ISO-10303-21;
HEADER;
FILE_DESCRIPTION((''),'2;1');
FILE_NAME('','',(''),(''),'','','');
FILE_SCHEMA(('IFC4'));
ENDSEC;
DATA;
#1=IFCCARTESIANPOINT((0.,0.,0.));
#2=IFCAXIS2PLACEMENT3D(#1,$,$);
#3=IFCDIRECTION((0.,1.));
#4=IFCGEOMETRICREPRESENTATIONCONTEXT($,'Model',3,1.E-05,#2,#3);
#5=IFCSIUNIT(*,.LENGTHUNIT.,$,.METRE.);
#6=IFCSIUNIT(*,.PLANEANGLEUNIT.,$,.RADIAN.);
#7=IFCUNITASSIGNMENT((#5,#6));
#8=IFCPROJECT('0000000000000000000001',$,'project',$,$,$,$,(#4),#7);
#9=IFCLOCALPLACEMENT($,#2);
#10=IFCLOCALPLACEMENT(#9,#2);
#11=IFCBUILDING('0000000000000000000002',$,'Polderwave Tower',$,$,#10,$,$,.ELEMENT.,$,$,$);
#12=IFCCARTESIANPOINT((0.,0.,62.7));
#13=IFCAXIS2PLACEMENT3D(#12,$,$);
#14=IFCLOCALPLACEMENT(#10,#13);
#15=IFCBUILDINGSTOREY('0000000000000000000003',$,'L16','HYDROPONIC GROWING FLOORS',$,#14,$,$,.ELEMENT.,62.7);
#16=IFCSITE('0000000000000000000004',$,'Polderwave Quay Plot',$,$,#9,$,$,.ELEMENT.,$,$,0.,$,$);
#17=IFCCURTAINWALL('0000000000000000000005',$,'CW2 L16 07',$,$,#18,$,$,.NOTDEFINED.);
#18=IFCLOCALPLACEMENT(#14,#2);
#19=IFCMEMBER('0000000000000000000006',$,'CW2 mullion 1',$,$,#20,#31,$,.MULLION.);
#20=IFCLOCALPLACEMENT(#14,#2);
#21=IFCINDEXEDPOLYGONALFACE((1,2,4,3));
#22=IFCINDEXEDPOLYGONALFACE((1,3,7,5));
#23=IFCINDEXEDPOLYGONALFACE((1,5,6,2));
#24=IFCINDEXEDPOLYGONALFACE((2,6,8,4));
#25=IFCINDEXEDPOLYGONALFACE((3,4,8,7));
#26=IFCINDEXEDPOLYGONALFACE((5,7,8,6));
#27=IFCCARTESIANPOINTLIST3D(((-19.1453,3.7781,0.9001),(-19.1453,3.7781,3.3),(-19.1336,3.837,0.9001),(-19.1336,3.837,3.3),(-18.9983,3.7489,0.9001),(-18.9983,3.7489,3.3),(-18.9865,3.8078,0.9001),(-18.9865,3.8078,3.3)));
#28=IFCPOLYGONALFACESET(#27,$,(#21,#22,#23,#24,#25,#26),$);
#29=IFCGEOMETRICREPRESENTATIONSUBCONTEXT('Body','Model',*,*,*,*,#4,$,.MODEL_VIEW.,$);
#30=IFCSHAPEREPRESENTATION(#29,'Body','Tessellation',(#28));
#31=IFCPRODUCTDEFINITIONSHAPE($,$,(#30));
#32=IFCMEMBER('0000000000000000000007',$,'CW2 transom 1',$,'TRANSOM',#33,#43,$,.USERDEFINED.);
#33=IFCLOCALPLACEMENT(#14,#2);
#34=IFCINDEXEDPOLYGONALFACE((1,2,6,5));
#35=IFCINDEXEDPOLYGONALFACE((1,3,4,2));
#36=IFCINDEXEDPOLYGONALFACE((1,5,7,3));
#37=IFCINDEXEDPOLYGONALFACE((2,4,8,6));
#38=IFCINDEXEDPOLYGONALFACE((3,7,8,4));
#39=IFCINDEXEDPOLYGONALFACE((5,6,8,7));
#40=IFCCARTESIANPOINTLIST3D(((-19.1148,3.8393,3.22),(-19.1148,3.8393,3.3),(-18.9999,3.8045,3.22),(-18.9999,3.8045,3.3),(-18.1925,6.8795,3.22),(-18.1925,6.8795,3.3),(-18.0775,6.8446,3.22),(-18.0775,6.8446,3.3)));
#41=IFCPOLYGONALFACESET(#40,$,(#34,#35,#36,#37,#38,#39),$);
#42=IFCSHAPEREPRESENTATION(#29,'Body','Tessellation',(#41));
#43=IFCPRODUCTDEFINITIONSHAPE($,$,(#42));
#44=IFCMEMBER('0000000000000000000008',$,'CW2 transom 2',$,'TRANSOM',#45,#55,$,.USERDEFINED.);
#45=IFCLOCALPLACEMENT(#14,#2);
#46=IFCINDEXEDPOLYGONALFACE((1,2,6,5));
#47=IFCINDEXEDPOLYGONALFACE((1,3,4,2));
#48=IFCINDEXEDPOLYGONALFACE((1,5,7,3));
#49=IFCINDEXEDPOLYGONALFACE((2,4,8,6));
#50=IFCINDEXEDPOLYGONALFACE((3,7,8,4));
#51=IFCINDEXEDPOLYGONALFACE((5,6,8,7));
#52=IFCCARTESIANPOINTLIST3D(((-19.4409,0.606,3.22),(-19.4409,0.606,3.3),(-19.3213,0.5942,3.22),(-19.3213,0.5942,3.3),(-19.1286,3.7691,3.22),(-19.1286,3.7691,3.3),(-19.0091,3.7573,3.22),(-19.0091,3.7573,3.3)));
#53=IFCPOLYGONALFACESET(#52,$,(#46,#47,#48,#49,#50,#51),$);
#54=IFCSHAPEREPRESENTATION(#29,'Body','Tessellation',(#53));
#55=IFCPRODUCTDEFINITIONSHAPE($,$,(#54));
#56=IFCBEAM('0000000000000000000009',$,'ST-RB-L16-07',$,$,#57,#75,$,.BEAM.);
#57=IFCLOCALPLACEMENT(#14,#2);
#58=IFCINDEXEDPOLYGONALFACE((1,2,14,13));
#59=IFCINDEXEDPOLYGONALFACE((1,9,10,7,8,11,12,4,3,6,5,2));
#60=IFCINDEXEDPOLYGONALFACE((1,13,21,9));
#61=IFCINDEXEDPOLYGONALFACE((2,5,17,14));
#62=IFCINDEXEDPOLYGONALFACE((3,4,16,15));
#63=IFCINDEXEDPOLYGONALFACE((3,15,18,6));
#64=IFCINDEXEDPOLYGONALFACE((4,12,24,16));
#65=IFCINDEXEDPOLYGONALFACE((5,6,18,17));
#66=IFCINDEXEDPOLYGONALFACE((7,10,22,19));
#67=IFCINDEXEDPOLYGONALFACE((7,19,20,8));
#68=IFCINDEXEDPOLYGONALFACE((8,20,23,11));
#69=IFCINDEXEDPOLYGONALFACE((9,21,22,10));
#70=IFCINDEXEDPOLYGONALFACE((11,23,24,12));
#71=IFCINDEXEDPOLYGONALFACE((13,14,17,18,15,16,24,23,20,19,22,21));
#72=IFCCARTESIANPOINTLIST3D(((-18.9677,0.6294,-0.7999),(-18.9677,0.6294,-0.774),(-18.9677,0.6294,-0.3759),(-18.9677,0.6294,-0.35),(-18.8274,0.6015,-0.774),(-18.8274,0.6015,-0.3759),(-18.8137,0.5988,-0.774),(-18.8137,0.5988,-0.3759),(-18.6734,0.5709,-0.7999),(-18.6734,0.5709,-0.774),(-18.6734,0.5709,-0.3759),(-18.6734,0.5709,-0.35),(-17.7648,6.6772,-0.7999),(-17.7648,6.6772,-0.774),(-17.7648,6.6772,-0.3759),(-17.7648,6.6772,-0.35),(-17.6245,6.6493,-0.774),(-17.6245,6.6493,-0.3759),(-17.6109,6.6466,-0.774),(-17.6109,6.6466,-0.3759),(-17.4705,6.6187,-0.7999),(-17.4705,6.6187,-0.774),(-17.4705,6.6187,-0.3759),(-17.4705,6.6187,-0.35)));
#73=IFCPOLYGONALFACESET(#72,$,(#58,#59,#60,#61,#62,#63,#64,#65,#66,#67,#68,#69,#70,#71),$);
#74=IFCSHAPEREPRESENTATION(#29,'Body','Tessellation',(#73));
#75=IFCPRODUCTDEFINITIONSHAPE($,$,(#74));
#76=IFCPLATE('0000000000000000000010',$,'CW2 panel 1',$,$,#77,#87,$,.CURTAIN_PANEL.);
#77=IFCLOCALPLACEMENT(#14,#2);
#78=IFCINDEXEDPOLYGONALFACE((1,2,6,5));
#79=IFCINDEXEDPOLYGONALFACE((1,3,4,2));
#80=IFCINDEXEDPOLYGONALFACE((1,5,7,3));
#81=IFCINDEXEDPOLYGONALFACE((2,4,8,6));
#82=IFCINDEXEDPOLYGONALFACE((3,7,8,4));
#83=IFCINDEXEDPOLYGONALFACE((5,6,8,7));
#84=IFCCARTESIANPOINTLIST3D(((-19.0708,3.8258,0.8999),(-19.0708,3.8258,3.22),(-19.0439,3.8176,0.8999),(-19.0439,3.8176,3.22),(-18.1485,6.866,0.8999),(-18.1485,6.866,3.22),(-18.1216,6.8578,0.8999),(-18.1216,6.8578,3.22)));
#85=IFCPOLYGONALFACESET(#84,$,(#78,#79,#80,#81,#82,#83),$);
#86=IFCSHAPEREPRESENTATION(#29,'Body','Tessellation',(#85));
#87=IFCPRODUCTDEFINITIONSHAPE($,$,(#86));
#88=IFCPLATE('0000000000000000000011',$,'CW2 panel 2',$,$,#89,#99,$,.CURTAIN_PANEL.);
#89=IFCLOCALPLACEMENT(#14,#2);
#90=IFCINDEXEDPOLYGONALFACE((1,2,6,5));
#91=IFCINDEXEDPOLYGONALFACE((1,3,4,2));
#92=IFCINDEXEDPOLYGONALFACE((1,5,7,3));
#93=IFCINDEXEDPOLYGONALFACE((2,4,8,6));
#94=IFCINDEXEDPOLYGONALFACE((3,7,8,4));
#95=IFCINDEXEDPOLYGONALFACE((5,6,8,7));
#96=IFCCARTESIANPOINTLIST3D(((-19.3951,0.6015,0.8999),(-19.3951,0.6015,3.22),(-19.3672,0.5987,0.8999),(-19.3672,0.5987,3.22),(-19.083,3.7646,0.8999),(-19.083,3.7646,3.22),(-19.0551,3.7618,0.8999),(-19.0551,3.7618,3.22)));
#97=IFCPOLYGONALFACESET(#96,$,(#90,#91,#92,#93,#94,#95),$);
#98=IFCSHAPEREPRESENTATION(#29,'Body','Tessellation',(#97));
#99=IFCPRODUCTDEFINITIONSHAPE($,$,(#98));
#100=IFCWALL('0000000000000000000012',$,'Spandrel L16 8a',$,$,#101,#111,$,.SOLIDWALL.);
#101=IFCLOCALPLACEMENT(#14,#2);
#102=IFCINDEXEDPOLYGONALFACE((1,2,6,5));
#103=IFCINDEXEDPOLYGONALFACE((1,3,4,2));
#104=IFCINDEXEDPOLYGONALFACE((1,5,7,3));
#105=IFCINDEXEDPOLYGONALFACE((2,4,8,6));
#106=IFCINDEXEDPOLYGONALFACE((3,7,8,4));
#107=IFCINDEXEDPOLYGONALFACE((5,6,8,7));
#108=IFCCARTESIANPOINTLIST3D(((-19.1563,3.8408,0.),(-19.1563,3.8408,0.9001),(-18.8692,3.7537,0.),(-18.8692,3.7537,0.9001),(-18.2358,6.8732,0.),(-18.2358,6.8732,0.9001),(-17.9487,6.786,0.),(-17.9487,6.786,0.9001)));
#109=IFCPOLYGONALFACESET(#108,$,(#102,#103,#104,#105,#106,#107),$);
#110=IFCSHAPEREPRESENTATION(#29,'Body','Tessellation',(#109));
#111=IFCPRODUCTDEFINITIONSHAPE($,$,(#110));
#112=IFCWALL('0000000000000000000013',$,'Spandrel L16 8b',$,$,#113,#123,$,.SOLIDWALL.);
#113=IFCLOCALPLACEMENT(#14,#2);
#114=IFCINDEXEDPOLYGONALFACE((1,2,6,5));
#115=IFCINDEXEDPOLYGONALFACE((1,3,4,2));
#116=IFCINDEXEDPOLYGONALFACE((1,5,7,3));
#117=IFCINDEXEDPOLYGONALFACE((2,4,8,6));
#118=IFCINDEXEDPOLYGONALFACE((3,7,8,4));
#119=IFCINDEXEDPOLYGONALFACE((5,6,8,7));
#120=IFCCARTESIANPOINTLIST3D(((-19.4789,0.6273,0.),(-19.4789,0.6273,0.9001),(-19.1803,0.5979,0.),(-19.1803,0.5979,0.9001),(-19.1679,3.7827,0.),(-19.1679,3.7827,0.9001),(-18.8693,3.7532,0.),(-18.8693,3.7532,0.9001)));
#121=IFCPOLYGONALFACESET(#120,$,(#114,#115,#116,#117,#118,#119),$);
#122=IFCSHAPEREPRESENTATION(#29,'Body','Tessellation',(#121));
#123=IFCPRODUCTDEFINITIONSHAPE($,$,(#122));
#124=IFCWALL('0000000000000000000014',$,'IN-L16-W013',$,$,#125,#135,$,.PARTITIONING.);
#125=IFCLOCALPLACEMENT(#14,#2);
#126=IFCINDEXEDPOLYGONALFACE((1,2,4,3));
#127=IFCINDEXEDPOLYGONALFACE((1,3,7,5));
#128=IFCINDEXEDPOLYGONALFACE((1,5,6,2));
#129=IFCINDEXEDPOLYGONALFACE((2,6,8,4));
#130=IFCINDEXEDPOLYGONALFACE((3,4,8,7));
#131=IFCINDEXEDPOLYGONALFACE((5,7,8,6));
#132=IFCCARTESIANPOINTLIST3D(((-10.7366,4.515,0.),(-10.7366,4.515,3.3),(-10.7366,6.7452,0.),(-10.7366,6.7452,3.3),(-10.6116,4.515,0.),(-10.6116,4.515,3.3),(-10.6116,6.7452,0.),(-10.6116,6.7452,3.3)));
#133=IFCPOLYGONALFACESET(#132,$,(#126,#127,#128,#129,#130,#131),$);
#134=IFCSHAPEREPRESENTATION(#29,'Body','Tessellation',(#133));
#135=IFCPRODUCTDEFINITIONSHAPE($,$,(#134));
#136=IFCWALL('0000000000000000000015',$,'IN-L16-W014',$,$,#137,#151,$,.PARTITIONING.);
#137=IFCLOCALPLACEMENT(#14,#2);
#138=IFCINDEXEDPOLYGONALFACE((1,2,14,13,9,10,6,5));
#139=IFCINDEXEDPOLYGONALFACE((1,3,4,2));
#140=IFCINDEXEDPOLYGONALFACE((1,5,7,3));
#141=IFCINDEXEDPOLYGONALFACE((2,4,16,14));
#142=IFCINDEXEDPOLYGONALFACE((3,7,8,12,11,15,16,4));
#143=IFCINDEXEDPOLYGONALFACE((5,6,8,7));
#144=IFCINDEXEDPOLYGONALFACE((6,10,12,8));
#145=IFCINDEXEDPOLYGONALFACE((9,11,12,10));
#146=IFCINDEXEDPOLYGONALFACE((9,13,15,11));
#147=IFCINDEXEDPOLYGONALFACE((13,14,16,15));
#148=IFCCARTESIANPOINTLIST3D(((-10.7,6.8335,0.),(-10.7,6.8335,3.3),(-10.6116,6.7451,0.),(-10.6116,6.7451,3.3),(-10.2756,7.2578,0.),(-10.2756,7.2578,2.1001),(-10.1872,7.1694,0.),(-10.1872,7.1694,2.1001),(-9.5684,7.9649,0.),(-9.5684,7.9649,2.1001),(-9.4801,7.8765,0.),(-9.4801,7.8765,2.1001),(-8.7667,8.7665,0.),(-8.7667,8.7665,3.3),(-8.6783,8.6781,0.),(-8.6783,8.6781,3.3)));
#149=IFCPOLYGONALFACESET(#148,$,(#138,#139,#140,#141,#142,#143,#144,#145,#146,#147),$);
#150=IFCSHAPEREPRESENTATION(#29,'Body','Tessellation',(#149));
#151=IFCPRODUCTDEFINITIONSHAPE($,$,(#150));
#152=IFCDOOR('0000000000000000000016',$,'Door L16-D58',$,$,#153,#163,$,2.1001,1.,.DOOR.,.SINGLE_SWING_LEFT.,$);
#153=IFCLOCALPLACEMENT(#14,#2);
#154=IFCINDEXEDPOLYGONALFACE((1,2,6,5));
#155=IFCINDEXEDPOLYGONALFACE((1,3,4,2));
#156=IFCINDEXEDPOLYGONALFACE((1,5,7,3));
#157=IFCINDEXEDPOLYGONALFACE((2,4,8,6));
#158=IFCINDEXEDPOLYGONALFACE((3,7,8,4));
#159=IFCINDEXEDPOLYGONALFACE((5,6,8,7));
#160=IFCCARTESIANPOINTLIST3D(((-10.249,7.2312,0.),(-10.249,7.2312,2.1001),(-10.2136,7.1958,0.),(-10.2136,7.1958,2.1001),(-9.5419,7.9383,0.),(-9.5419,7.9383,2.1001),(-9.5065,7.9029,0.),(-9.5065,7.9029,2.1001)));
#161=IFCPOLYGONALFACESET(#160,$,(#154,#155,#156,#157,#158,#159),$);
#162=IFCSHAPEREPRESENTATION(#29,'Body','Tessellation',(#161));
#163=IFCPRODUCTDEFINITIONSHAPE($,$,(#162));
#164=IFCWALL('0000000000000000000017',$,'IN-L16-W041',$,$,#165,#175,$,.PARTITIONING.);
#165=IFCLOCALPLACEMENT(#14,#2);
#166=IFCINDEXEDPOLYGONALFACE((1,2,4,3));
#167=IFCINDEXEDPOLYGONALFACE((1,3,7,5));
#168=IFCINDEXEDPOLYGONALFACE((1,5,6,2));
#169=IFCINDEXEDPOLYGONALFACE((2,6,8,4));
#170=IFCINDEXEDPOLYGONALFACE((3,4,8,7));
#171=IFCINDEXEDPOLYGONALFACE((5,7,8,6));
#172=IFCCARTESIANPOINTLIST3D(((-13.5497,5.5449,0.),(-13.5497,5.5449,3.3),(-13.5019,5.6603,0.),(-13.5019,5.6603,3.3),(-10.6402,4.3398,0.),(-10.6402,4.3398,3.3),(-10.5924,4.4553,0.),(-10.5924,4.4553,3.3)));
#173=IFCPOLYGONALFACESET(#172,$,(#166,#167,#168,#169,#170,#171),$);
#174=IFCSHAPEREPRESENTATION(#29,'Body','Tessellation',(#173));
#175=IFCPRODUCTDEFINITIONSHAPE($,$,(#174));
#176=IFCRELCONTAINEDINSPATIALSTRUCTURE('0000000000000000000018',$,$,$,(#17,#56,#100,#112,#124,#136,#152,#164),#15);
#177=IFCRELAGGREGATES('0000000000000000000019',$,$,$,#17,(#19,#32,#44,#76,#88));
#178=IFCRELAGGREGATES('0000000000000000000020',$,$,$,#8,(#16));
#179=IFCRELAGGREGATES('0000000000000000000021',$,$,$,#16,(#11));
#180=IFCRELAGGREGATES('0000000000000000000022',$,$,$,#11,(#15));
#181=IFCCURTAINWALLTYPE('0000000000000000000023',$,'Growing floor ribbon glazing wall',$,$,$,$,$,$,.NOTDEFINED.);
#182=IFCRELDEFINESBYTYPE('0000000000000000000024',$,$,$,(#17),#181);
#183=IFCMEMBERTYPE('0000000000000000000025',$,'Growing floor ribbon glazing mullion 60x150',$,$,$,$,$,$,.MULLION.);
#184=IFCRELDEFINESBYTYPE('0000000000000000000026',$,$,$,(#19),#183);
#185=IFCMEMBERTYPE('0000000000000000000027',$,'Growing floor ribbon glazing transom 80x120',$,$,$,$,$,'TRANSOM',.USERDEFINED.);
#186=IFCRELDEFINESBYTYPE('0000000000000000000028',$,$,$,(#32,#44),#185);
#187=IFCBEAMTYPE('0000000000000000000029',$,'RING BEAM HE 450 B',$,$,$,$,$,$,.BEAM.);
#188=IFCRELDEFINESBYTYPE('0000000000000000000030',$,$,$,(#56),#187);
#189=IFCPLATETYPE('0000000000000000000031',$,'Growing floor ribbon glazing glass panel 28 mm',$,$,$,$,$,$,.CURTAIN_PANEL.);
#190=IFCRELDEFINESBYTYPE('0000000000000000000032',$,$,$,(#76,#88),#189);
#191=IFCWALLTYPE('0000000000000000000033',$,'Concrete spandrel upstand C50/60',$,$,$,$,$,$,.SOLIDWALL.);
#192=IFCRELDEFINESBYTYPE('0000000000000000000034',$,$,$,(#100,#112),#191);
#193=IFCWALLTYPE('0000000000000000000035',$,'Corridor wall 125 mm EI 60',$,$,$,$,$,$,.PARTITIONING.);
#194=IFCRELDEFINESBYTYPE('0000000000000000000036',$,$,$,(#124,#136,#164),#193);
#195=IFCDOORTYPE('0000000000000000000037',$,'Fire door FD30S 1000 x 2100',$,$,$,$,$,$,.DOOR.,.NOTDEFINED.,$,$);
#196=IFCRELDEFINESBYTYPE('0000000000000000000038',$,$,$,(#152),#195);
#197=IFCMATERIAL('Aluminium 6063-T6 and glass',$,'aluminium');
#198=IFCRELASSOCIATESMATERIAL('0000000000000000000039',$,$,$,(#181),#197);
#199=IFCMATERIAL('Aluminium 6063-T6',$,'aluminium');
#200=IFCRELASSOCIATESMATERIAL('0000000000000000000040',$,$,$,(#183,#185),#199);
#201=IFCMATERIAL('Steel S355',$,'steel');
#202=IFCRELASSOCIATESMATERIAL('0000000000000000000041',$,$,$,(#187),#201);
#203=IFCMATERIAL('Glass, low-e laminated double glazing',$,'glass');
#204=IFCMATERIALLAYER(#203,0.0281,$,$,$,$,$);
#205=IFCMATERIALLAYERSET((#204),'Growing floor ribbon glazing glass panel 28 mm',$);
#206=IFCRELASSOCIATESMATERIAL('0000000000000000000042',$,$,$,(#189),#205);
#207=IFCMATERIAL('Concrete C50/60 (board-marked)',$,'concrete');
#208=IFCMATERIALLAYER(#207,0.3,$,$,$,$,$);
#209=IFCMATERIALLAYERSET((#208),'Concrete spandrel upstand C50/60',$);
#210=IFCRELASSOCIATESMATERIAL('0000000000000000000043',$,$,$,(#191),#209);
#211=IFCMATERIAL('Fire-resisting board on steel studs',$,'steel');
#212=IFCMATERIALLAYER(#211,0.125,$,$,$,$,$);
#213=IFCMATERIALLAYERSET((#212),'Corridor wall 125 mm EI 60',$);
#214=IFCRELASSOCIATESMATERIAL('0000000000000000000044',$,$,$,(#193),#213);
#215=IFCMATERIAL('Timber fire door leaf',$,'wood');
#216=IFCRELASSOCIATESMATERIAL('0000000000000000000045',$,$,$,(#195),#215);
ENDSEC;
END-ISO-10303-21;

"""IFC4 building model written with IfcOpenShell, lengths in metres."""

from ifc_helpers import new_model, si_unit, direction, frame, frame_2d, origin, origin_2d, place, context, subcontext, project, spatial, rectangle, i_section, extrude, material, layer, layer_set, material_profile, profile_set, type_object, element, fill, aggregate, save


model = new_model("IFC4")

# Units and contexts
model_context = context("Model", 3, precision=1e-05, world=origin(), true_north=direction((0.0, 1.0)))
body_context = subcontext(model_context, "Body", "Model", "MODEL_VIEW")
ifc_project = project(units=[si_unit("LENGTHUNIT", "METRE"), si_unit("PLANEANGLEUNIT", "RADIAN")], contexts=[model_context])

# Site, building, storey
site_placement = place(None, origin())
site = spatial("IfcSite", under=ifc_project, at=site_placement, Name="Polderwave Quay Plot", CompositionType="ELEMENT", RefElevation=0.0)
building_placement = place(site_placement, origin())
building = spatial("IfcBuilding", under=site, at=building_placement, Name="Polderwave Tower", CompositionType="ELEMENT")
storey_placement = place(building_placement, frame((0.0, 0.0, 62.7)))
storey = spatial("IfcBuildingStorey", under=building, at=storey_placement, Name="L16", Description="HYDROPONIC GROWING FLOORS", CompositionType="ELEMENT", Elevation=62.7)

# Curtain wall, members
ifc_material_1 = material(Name="Aluminium 6063-T6 and glass", Category="aluminium")
curtain_wall_type = type_object("IfcCurtainWallType", Name="Growing floor ribbon glazing wall", PredefinedType="NOTDEFINED", material=ifc_material_1)
curtain_wall_placement = place(storey_placement, origin())
curtain_wall = element("IfcCurtainWall", 1, at=curtain_wall_placement, inside=storey, type_object=curtain_wall_type, Name="CW2 L16 07", PredefinedType="NOTDEFINED")
ifc_material_2 = material(Name="Aluminium 6063-T6", Category="aluminium")
ifc_material_profile_1 = material_profile(ifc_material_2, rectangle(XDim=0.1499, YDim=0.0601, at=origin_2d()), Name="AL 60x150")
ifc_profile_set_1 = profile_set([ifc_material_profile_1], Name="Aluminium 6063-T6")
member_type_1 = type_object("IfcMemberType", Name="Growing floor ribbon glazing mullion 60x150", PredefinedType="MULLION", material=ifc_profile_set_1)
member_1_placement = place(storey_placement, frame((-19.0659, 3.793, 0.9001), z_axis=(0.0, 0.0, 1.0), x_axis=(0.980769, -0.195172, 0.0)))
member_1 = element("IfcMember", 2, at=member_1_placement, type_object=member_type_1, Name="CW2 mullion 1", PredefinedType="MULLION", context=body_context, shape_type="SweptSolid", body=[
    extrude(rectangle(XDim=0.1499, YDim=0.0601, at=origin_2d()), origin(), (0.0, 0.0, 1.0), 2.3999),
])
ifc_material_profile_2 = material_profile(ifc_material_2, rectangle(XDim=0.1201, YDim=0.0801, at=origin_2d()), Name="AL 80x120")
ifc_profile_set_2 = profile_set([ifc_material_profile_2], Name="Aluminium 6063-T6")
member_type_2 = type_object("IfcMemberType", Name="Growing floor ribbon glazing transom 80x120", ElementType="TRANSOM", PredefinedType="USERDEFINED", material=ifc_profile_set_2)
member_2_placement = place(storey_placement, frame((-18.135, 6.8621, 3.26), z_axis=(-0.290314, -0.956931, 0.0), x_axis=(0.956931, -0.290314, 0.0)))
member_2 = element("IfcMember", 3, at=member_2_placement, type_object=member_type_2, Name="CW2 transom 1", ObjectType="TRANSOM", PredefinedType="USERDEFINED", context=body_context, shape_type="SweptSolid", body=[
    extrude(rectangle(XDim=0.1201, YDim=0.0801, at=origin_2d()), origin(), (0.0, 0.0, 1.0), 3.177),
])
member_3_placement = place(storey_placement, frame((-19.0688, 3.7632, 3.26), z_axis=(-0.098241, -0.995163, 0.0), x_axis=(0.995163, -0.098241, 0.0)))
member_3 = element("IfcMember", 4, at=member_3_placement, type_object=member_type_2, Name="CW2 transom 2", ObjectType="TRANSOM", PredefinedType="USERDEFINED", context=body_context, shape_type="SweptSolid", body=[
    extrude(rectangle(XDim=0.1201, YDim=0.0801, at=origin_2d()), origin(), (0.0, 0.0, 1.0), 3.1785),
])

# Beam
ifc_material_3 = material(Name="Steel S355", Category="steel")
ifc_material_profile_3 = material_profile(ifc_material_3, i_section(OverallWidth=0.3, OverallDepth=0.45, WebThickness=0.0139, FlangeThickness=0.0259, at=origin_2d()), Name="HE 450 B")
ifc_profile_set_3 = profile_set([ifc_material_profile_3], Name="Steel S355")
beam_type = type_object("IfcBeamType", Name="RING BEAM HE 450 B", PredefinedType="BEAM", material=ifc_profile_set_3)
beam_placement = place(storey_placement, frame((-17.6177, 6.6479, -0.575), z_axis=(-0.195073, -0.980789, 0.0), x_axis=(0.980789, -0.195073, 0.0)))
element("IfcBeam", 5, at=beam_placement, inside=storey, type_object=beam_type, Name="ST-RB-L16-07", PredefinedType="BEAM", context=body_context, shape_type="SweptSolid", body=[
    extrude(i_section(OverallWidth=0.3, OverallDepth=0.45, WebThickness=0.0139, FlangeThickness=0.0259, at=origin_2d()), origin(), (0.0, 0.0, 1.0), 6.1663),
])

# Plates
ifc_material_4 = material(Name="Glass, low-e laminated double glazing", Category="glass")
ifc_layer_1 = layer(ifc_material_4, 0.0281)
ifc_layer_set_1 = layer_set([ifc_layer_1], Name="Growing floor ribbon glazing glass panel 28 mm")
plate_type = type_object("IfcPlateType", Name="Growing floor ribbon glazing glass panel 28 mm", PredefinedType="CURTAIN_PANEL", material=ifc_layer_set_1)
plate_1_placement = place(storey_placement, frame((-18.5962, 5.3418, 0.8999), z_axis=(0.0, 0.0, 1.0), x_axis=(-0.290293, -0.956938, 0.0)))
plate_1 = element("IfcPlate", 6, at=plate_1_placement, type_object=plate_type, Name="CW2 panel 1", PredefinedType="CURTAIN_PANEL", context=body_context, shape_type="SweptSolid", body=[
    extrude(rectangle(XDim=3.177, YDim=0.0281, at=origin_2d()), origin(), (0.0, 0.0, 1.0), 2.3201),
])
plate_2_placement = place(storey_placement, frame((-19.2251, 2.1816, 0.8999), z_axis=(0.0, 0.0, 1.0), x_axis=(-0.098177, -0.995169, 0.0)))
plate_2 = element("IfcPlate", 7, at=plate_2_placement, type_object=plate_type, Name="CW2 panel 2", PredefinedType="CURTAIN_PANEL", context=body_context, shape_type="SweptSolid", body=[
    extrude(rectangle(XDim=3.1785, YDim=0.0281, at=origin_2d()), origin(), (0.0, 0.0, 1.0), 2.3201),
])
aggregate(curtain_wall, [member_1, member_2, member_3, plate_1, plate_2])

# Walls
ifc_material_5 = material(Name="Concrete C50/60 (board-marked)", Category="concrete")
ifc_layer_2 = layer(ifc_material_5, 0.3)
ifc_layer_set_2 = layer_set([ifc_layer_2], Name="Concrete spandrel upstand C50/60")
wall_type_1 = type_object("IfcWallType", Name="Concrete spandrel upstand C50/60", PredefinedType="SOLIDWALL", material=ifc_layer_set_2)
wall_1_placement = place(storey_placement, frame((-18.0923, 6.8296, 0.0), z_axis=(0.0, 0.0, 1.0), x_axis=(-0.290456, -0.956888, 0.0)))
element("IfcWall", 8, at=wall_1_placement, inside=storey, type_object=wall_type_1, Name="Spandrel L16 8a", PredefinedType="SOLIDWALL", context=body_context, shape_type="SweptSolid", body=[
    extrude(rectangle(XDim=3.1689, YDim=0.3, at=frame_2d((1.5845, 0.0))), origin(), (0.0, 0.0, 1.0), 0.9001),
])
wall_2_placement = place(storey_placement, frame((-19.0186, 3.7681, 0.0), z_axis=(0.0, 0.0, 1.0), x_axis=(-0.098101, -0.995176, 0.0)))
element("IfcWall", 9, at=wall_2_placement, inside=storey, type_object=wall_type_1, Name="Spandrel L16 8b", PredefinedType="SOLIDWALL", context=body_context, shape_type="SweptSolid", body=[
    extrude(rectangle(XDim=3.1707, YDim=0.3, at=frame_2d((1.5854, 0.0))), origin(), (0.0, 0.0, 1.0), 0.9001),
])
ifc_material_6 = material(Name="Fire-resisting board on steel studs", Category="steel")
ifc_layer_3 = layer(ifc_material_6, 0.125)
ifc_layer_set_3 = layer_set([ifc_layer_3], Name="Corridor wall 125 mm EI 60")
wall_type_2 = type_object("IfcWallType", Name="Corridor wall 125 mm EI 60", PredefinedType="PARTITIONING", material=ifc_layer_set_3)
wall_3_placement = place(storey_placement, frame((-10.6741, 4.5149, 0.0), z_axis=(0.0, 0.0, 1.0), x_axis=(0.0, 1.0, 0.0)))
element("IfcWall", 10, at=wall_3_placement, inside=storey, type_object=wall_type_2, Name="IN-L16-W013", PredefinedType="PARTITIONING", context=body_context, shape_type="SweptSolid", body=[
    extrude(rectangle(XDim=2.2302, YDim=0.125, at=frame_2d((1.1152, 0.0))), origin(), (0.0, 0.0, 1.0), 3.3),
])

# Wall, opening, door
wall_4_placement = place(storey_placement, frame((-10.6558, 6.7893, 0.0), z_axis=(0.0, 0.0, 1.0), x_axis=(0.707151, 0.707062, 0.0)))
wall_4 = element("IfcWall", 11, at=wall_4_placement, inside=storey, type_object=wall_type_2, Name="IN-L16-W014", PredefinedType="PARTITIONING", context=body_context, shape_type="SweptSolid", body=[
    extrude(rectangle(XDim=2.7339, YDim=0.125, at=frame_2d((1.3669, 0.0))), origin(), (0.0, 0.0, 1.0), 3.3),
])
opening_1_placement = place(wall_4_placement, frame((0.6001, 0.0, 0.0)))
opening_1 = element("IfcOpeningElement", 12, at=opening_1_placement, cuts=wall_4, PredefinedType="OPENING", context=body_context, shape_type="SweptSolid", body=[
    extrude(rectangle(XDim=1.0, YDim=2.1001, at=frame_2d((0.5, 1.05))), frame((0.0, 0.0725, 0.0), z_axis=(0.0, -1.0, 0.0), x_axis=(1.0, 0.0, 0.0)), (0.0, 0.0, 1.0), 0.145),
])
ifc_material_7 = material(Name="Timber fire door leaf", Category="wood")
door_type_1 = type_object("IfcDoorType", Name="Fire door FD30S 1000 x 2100", OperationType="NOTDEFINED", PredefinedType="DOOR", material=ifc_material_7)
door_1_placement = place(opening_1_placement, origin())
door_1 = element("IfcDoor", 13, at=door_1_placement, inside=storey, type_object=door_type_1, Name="Door L16-D58", OperationType="SINGLE_SWING_LEFT", OverallHeight=2.1001, OverallWidth=1.0, PredefinedType="DOOR", context=body_context, shape_type="SweptSolid", body=[
    extrude(rectangle(XDim=1.0, YDim=2.1001, at=frame_2d((0.5, 1.05))), frame((0.0, 0.0249, 0.0), z_axis=(0.0, -1.0, 0.0), x_axis=(1.0, 0.0, 0.0)), (0.0, 0.0, 1.0), 0.05),
])
fill(opening_1, door_1)

# Wall
wall_5_placement = place(storey_placement, frame((-10.6162, 4.3975, 0.0), z_axis=(0.0, 0.0, 1.0), x_axis=(-0.923885, 0.382671, 0.0)))
element("IfcWall", 14, at=wall_5_placement, inside=storey, type_object=wall_type_2, Name="IN-L16-W041", PredefinedType="PARTITIONING", context=body_context, shape_type="SweptSolid", body=[
    extrude(rectangle(XDim=3.1492, YDim=0.125, at=frame_2d((1.5747, 0.0))), origin(), (0.0, 0.0, 1.0), 3.3),
])

save(model, "model.ifc")
